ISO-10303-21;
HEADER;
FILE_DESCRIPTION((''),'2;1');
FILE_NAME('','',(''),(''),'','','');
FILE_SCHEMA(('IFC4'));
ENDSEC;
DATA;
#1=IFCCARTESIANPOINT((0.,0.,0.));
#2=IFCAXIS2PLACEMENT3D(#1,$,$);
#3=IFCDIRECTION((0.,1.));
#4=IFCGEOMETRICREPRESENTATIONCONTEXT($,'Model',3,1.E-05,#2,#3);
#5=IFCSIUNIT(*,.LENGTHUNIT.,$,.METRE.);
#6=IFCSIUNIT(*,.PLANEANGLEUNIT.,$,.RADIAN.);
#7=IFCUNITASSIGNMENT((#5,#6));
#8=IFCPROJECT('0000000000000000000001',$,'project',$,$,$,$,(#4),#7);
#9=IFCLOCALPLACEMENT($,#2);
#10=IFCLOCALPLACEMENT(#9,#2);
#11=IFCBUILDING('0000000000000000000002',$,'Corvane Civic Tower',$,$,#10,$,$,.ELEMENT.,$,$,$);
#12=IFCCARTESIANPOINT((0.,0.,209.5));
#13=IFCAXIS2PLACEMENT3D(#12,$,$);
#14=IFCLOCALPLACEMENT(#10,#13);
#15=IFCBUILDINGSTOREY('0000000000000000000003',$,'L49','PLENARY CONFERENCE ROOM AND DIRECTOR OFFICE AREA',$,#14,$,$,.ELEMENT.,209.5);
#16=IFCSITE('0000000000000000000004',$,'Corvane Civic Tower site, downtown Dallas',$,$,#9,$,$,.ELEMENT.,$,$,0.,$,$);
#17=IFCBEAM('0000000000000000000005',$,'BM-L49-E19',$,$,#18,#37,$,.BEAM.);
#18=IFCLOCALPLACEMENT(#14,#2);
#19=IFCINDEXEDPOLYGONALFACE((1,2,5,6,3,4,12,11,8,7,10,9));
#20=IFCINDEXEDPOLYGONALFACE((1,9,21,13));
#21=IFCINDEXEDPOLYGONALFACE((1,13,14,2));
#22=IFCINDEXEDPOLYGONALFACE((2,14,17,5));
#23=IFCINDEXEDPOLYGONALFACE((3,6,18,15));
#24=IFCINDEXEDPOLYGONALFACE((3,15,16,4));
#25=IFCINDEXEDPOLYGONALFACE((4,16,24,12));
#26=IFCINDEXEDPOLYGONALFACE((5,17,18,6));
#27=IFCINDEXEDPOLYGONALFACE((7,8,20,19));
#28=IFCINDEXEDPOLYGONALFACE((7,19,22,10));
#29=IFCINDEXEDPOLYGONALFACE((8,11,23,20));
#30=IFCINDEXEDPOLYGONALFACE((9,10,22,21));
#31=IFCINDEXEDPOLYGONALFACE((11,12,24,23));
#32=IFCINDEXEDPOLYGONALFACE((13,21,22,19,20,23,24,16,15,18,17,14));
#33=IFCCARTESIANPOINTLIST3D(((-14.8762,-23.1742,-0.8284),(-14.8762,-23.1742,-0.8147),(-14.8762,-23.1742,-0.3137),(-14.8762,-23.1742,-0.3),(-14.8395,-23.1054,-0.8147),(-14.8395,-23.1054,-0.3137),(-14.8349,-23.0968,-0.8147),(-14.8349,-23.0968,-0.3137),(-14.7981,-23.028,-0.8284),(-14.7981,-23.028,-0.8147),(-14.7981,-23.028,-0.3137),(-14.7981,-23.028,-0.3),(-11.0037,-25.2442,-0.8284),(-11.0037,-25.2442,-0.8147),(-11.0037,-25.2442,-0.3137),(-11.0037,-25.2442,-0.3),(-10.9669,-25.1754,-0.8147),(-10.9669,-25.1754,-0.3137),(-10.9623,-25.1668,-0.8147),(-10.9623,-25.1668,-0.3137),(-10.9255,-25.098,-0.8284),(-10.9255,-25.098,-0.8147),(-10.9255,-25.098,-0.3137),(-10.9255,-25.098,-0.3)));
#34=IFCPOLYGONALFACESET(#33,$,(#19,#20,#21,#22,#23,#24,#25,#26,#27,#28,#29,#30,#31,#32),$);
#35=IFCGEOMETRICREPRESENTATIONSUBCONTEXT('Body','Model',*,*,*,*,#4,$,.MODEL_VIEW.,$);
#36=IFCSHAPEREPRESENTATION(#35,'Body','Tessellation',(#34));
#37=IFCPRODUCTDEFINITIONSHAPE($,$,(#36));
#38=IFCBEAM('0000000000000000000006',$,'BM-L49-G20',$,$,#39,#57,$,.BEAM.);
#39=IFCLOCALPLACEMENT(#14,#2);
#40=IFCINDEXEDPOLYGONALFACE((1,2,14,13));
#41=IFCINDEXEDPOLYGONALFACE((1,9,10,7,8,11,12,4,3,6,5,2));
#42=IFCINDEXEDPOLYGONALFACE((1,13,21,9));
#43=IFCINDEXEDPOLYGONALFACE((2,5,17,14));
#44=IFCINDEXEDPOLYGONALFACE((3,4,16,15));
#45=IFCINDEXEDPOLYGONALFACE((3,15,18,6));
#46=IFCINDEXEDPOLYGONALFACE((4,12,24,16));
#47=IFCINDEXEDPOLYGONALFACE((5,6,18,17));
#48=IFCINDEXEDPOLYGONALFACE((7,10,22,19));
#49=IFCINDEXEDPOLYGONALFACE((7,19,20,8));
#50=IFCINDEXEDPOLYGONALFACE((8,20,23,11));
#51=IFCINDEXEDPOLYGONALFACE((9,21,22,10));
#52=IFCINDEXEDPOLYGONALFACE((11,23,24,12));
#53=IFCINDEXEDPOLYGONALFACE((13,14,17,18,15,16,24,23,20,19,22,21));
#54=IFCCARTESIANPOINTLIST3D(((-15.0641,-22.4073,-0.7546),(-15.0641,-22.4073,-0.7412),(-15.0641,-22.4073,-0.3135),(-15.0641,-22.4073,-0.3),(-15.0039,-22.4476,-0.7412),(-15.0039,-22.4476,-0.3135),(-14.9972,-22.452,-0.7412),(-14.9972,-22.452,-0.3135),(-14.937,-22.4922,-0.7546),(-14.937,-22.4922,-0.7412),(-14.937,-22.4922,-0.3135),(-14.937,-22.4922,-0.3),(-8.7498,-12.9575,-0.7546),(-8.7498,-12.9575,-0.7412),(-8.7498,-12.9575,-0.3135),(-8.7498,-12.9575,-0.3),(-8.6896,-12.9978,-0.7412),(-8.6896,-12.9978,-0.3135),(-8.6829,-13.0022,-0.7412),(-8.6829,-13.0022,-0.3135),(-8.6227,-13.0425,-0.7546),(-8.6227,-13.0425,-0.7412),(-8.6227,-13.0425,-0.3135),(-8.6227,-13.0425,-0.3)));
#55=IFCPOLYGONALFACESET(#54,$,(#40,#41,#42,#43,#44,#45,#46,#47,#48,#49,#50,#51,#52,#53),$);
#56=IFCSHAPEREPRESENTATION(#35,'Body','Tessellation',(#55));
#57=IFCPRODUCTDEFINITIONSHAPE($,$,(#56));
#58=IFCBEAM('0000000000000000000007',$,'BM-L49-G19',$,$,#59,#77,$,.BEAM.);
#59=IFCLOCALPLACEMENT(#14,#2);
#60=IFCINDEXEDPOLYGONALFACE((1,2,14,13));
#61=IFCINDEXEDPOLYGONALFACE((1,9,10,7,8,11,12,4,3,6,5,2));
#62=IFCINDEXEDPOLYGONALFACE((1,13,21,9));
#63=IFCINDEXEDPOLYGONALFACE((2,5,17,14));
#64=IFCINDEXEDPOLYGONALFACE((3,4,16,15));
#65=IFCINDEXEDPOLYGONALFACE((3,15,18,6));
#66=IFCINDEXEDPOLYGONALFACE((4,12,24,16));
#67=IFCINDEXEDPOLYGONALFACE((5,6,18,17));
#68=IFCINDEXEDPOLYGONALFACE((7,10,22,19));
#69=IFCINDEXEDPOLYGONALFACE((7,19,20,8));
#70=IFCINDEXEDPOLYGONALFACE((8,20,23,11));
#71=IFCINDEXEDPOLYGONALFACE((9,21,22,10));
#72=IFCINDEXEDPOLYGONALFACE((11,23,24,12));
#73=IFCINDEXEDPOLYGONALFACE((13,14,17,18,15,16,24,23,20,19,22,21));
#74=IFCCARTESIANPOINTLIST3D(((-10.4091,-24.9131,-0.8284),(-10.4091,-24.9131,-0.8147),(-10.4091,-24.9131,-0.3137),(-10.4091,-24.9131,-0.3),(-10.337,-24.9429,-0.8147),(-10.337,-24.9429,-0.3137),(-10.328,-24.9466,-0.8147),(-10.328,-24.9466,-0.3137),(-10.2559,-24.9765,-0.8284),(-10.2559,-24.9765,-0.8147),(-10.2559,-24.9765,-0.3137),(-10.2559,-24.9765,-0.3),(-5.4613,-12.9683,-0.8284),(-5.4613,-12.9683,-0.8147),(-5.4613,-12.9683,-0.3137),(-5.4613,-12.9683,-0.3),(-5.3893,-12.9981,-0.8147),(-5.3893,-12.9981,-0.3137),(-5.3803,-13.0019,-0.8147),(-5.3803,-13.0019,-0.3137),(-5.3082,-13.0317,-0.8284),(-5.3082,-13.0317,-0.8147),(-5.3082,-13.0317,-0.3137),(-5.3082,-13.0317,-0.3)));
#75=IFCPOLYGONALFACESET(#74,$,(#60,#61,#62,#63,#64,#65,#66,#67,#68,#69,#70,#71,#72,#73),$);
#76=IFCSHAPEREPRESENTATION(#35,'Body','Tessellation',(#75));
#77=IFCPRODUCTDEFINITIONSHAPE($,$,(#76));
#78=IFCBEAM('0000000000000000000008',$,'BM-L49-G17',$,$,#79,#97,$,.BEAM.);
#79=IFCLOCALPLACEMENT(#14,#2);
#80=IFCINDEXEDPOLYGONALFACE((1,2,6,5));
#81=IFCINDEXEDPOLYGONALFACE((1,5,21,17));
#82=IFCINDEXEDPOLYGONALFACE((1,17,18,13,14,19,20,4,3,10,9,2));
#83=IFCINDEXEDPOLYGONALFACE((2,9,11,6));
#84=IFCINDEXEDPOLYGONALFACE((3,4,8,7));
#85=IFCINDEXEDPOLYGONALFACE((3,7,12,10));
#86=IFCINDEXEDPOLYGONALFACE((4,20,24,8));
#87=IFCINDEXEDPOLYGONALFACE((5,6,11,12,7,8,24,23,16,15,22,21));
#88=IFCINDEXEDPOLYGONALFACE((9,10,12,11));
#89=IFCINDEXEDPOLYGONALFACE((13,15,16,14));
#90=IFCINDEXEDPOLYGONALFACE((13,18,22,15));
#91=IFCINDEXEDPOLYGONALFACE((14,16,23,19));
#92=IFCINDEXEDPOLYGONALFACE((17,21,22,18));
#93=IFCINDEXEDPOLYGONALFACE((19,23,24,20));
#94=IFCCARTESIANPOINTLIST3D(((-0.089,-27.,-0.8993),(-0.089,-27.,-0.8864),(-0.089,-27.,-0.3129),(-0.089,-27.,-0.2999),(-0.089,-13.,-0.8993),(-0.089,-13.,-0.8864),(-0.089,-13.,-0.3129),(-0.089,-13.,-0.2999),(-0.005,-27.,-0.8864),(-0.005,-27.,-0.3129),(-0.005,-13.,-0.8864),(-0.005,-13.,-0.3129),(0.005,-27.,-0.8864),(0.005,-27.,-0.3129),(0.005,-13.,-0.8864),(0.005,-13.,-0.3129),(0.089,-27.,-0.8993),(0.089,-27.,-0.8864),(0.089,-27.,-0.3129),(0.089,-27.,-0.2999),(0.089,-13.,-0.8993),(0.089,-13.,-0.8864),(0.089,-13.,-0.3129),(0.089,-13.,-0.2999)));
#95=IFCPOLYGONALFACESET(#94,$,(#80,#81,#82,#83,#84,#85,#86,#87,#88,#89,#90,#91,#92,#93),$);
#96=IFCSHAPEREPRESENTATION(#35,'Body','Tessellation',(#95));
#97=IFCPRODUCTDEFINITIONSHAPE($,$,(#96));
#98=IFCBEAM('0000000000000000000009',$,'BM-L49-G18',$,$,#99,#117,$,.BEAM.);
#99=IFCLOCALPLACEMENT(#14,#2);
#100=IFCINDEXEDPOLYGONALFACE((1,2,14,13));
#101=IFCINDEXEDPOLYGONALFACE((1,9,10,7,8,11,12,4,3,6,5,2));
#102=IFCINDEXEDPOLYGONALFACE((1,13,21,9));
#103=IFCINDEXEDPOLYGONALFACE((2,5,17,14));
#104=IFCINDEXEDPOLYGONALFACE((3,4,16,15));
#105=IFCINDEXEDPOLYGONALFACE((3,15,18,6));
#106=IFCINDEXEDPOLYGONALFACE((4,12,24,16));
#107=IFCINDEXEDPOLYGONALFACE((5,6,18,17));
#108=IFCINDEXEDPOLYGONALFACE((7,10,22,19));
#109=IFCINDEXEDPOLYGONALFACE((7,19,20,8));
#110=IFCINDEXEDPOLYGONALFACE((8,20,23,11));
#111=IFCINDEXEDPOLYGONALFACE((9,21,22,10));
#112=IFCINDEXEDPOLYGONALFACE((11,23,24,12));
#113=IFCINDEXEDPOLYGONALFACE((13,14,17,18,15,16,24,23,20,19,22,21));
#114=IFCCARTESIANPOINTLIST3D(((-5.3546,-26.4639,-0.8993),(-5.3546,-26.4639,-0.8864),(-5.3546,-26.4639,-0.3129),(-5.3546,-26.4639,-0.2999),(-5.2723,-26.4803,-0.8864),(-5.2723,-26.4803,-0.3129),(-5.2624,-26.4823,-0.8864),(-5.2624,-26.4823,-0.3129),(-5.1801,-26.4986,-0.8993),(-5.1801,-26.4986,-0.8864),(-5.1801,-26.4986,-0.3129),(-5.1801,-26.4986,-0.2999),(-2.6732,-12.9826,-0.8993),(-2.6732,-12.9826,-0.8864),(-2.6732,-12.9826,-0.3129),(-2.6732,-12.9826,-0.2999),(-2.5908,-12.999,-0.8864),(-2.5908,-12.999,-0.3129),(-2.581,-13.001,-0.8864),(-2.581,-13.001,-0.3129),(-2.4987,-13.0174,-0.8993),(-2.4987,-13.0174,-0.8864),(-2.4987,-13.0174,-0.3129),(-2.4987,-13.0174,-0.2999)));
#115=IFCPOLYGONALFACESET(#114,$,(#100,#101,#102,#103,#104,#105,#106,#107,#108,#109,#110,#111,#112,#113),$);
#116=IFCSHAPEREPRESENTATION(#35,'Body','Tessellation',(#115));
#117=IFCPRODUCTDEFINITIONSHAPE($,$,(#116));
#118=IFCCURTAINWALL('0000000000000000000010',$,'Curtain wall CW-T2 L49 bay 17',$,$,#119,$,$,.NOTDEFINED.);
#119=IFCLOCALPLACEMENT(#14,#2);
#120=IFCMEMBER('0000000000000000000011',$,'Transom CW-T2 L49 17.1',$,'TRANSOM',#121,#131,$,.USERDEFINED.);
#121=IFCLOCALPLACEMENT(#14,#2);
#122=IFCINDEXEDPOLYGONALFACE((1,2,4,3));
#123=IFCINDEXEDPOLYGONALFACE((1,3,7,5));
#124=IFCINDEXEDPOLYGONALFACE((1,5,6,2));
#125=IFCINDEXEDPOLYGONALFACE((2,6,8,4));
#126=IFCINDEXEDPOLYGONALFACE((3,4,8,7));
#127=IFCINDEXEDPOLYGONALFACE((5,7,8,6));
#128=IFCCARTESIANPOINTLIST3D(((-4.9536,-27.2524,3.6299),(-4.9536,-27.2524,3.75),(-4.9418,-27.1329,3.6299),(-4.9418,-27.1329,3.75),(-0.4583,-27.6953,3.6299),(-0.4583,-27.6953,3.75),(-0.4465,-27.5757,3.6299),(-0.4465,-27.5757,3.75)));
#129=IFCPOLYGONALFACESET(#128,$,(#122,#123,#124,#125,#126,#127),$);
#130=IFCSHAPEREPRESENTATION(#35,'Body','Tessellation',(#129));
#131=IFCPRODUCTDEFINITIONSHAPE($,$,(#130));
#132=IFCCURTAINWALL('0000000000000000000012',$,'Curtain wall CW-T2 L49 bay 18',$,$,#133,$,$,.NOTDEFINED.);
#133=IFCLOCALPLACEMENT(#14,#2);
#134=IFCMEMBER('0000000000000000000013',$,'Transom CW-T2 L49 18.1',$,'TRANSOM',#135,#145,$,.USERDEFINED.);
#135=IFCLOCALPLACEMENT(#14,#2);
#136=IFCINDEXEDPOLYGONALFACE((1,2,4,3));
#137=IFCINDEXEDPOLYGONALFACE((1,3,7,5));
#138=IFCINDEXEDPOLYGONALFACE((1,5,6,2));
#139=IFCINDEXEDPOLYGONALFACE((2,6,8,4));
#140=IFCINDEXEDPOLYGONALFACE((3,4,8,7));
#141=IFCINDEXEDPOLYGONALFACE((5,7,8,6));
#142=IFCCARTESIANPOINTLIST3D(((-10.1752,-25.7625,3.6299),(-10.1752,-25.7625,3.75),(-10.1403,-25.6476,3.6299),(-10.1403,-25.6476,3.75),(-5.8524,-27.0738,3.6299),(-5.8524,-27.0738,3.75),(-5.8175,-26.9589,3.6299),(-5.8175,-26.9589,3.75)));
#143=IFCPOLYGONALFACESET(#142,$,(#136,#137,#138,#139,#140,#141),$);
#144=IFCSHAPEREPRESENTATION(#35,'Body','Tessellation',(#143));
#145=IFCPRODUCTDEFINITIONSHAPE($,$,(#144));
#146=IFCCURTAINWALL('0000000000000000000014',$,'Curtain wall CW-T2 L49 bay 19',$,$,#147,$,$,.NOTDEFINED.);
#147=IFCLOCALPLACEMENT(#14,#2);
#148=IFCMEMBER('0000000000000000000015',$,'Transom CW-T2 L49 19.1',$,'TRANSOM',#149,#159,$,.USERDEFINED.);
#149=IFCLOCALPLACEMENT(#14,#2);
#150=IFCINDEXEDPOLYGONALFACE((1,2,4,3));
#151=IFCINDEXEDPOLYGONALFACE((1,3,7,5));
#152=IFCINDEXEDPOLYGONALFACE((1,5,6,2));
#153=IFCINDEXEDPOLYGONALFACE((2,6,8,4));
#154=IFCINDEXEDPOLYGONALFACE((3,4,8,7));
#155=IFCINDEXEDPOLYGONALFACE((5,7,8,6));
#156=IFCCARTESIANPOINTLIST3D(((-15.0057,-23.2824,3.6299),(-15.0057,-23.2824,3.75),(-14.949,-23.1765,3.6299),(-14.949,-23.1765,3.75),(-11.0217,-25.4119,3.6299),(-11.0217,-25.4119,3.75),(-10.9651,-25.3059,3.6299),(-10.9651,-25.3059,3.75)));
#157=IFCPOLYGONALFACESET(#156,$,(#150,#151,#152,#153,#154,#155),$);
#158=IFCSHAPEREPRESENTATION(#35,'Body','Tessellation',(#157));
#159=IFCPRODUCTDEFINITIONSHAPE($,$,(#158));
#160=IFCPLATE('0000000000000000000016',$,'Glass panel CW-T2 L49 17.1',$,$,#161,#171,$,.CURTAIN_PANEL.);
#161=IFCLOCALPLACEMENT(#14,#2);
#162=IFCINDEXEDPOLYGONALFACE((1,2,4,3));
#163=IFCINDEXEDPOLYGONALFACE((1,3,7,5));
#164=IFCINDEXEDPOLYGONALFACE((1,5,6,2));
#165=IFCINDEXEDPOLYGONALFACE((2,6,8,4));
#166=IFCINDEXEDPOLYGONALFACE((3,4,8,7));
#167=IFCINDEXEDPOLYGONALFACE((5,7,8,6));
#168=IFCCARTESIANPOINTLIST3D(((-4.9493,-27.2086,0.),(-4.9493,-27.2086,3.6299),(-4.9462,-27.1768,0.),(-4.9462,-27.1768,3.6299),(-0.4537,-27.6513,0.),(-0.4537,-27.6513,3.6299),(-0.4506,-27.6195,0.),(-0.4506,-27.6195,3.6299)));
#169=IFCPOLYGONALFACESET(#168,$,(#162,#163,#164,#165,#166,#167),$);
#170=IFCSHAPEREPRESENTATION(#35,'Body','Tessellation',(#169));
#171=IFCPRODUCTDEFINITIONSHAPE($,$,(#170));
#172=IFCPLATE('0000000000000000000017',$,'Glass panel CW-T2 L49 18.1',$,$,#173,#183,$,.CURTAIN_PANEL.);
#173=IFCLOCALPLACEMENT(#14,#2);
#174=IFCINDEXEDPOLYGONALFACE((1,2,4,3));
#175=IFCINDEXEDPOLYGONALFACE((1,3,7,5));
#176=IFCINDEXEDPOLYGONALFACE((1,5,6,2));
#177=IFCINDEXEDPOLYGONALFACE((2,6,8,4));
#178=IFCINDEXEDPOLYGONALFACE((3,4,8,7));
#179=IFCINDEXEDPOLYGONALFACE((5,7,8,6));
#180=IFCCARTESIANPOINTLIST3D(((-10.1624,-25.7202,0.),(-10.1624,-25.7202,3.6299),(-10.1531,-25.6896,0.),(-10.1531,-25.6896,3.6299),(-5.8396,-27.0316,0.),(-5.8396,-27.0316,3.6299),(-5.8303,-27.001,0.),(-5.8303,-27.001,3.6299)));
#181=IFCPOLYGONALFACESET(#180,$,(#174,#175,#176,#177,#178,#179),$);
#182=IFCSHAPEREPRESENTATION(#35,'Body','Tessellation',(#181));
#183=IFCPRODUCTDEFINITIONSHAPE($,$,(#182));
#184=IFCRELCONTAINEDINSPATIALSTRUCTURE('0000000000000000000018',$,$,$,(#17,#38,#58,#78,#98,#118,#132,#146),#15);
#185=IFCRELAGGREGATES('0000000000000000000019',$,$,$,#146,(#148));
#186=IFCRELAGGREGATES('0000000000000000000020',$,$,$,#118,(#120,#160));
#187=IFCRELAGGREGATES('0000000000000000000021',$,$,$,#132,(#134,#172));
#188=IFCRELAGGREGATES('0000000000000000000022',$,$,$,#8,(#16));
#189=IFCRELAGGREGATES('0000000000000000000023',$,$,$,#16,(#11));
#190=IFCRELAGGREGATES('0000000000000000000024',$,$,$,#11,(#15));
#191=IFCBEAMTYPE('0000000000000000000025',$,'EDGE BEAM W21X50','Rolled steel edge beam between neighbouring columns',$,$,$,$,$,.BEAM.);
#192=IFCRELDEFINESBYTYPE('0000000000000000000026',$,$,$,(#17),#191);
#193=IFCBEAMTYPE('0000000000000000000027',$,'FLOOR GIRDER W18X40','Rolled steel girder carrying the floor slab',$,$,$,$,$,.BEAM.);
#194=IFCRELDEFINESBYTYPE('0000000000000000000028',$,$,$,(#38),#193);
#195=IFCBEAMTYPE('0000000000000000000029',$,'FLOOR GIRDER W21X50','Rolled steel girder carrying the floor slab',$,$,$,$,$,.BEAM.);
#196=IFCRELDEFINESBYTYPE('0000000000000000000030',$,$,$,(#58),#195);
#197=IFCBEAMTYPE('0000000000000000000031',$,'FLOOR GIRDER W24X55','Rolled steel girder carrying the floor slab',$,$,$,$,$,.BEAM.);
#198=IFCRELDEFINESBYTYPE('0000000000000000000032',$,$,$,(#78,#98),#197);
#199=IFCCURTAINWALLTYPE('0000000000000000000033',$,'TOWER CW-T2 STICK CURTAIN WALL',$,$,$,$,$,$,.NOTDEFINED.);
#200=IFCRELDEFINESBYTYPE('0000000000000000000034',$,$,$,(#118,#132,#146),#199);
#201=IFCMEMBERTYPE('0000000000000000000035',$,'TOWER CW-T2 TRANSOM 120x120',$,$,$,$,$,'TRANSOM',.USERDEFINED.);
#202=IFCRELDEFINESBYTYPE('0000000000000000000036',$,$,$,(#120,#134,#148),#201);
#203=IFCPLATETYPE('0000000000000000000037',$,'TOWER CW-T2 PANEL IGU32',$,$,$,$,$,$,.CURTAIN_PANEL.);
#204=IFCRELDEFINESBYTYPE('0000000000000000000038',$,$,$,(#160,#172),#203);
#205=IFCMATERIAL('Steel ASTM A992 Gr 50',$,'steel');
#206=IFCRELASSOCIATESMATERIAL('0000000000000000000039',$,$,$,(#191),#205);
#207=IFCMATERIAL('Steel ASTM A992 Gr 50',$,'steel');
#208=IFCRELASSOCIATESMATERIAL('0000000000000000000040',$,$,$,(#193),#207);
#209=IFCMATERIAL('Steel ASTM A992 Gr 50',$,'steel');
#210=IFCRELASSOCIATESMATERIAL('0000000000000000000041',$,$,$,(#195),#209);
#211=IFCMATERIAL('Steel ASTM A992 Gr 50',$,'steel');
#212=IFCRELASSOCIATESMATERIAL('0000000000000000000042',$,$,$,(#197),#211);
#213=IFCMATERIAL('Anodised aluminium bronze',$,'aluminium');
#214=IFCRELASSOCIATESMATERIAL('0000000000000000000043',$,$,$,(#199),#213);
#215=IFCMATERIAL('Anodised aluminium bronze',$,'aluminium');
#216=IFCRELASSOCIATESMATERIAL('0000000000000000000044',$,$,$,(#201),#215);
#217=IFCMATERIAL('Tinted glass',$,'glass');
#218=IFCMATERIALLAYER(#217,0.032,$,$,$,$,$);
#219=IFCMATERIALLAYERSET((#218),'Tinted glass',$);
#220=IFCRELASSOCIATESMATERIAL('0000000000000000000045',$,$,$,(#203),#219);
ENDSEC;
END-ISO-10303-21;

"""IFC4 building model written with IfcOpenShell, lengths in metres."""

from ifc_helpers import new_model, si_unit, direction, frame, origin, origin_2d, place, context, subcontext, project, spatial, rectangle, i_section, extrude, material, layer, layer_set, material_profile, profile_set, type_object, element, aggregate, save


model = new_model("IFC4")

# Units and contexts
model_context = context("Model", 3, precision=1e-05, world=origin(), true_north=direction((0.0, 1.0)))
body_context = subcontext(model_context, "Body", "Model", "MODEL_VIEW")
ifc_project = project(units=[si_unit("LENGTHUNIT", "METRE"), si_unit("PLANEANGLEUNIT", "RADIAN")], contexts=[model_context])

# Site, building, storey
site_placement = place(None, origin())
site = spatial("IfcSite", under=ifc_project, at=site_placement, Name="Corvane Civic Tower site, downtown Dallas", CompositionType="ELEMENT", RefElevation=0.0)
building_placement = place(site_placement, origin())
building = spatial("IfcBuilding", under=site, at=building_placement, Name="Corvane Civic Tower", CompositionType="ELEMENT")
storey_placement = place(building_placement, frame((0.0, 0.0, 209.5)))
storey = spatial("IfcBuildingStorey", under=building, at=storey_placement, Name="L49", Description="PLENARY CONFERENCE ROOM AND DIRECTOR OFFICE AREA", CompositionType="ELEMENT", Elevation=209.5)

# Beams
ifc_material_1 = material(Name="Steel ASTM A992 Gr 50", Category="steel")
ifc_material_profile_1 = material_profile(ifc_material_1, i_section(OverallWidth=0.1658, OverallDepth=0.5283, WebThickness=0.0098, FlangeThickness=0.0137, at=origin_2d()), Name="W21X50")
ifc_profile_set_1 = profile_set([ifc_material_profile_1], Name="Steel ASTM A992 Gr 50")
beam_type_1 = type_object("IfcBeamType", Name="EDGE BEAM W21X50", Description="Rolled steel edge beam between neighbouring columns", PredefinedType="BEAM", material=ifc_profile_set_1)
beam_1_placement = place(storey_placement, frame((-10.9646, -25.1711, -0.5642), z_axis=(-0.881908, 0.471422, 0.0), x_axis=(-0.471422, -0.881908, 0.0)))
element("IfcBeam", 1, at=beam_1_placement, inside=storey, type_object=beam_type_1, Name="BM-L49-E19", PredefinedType="BEAM", context=body_context, shape_type="SweptSolid", body=[
    extrude(i_section(OverallWidth=0.1658, OverallDepth=0.5283, WebThickness=0.0098, FlangeThickness=0.0137, at=origin_2d()), origin(), (0.0, 0.0, 1.0), 4.3911),
])
ifc_material_2 = material(Name="Steel ASTM A992 Gr 50", Category="steel")
ifc_material_profile_2 = material_profile(ifc_material_2, i_section(OverallWidth=0.1528, OverallDepth=0.4546, WebThickness=0.0081, FlangeThickness=0.0134, at=origin_2d()), Name="W18X40")
ifc_profile_set_2 = profile_set([ifc_material_profile_2], Name="Steel ASTM A992 Gr 50")
beam_type_2 = type_object("IfcBeamType", Name="FLOOR GIRDER W18X40", Description="Rolled steel girder carrying the floor slab", PredefinedType="BEAM", material=ifc_profile_set_2)
beam_2_placement = place(storey_placement, frame((-8.6863, -13.0, -0.5273), z_axis=(-0.555577, -0.831465, 0.0), x_axis=(0.831465, -0.555577, 0.0)))
element("IfcBeam", 2, at=beam_2_placement, inside=storey, type_object=beam_type_2, Name="BM-L49-G20", PredefinedType="BEAM", context=body_context, shape_type="SweptSolid", body=[
    extrude(i_section(OverallWidth=0.1528, OverallDepth=0.4546, WebThickness=0.0081, FlangeThickness=0.0134, at=origin_2d()), origin(), (0.0, 0.0, 1.0), 11.3652),
])
ifc_material_3 = material(Name="Steel ASTM A992 Gr 50", Category="steel")
ifc_material_profile_3 = material_profile(ifc_material_3, i_section(OverallWidth=0.1658, OverallDepth=0.5283, WebThickness=0.0098, FlangeThickness=0.0137, at=origin_2d()), Name="W21X50")
ifc_profile_set_3 = profile_set([ifc_material_profile_3], Name="Steel ASTM A992 Gr 50")
beam_type_3 = type_object("IfcBeamType", Name="FLOOR GIRDER W21X50", Description="Rolled steel girder carrying the floor slab", PredefinedType="BEAM", material=ifc_profile_set_3)
beam_3_placement = place(storey_placement, frame((-5.3848, -13.0, -0.5642), z_axis=(-0.382686, -0.923878, 0.0), x_axis=(0.923878, -0.382686, 0.0)))
element("IfcBeam", 3, at=beam_3_placement, inside=storey, type_object=beam_type_3, Name="BM-L49-G19", PredefinedType="BEAM", context=body_context, shape_type="SweptSolid", body=[
    extrude(i_section(OverallWidth=0.1658, OverallDepth=0.5283, WebThickness=0.0098, FlangeThickness=0.0137, at=origin_2d()), origin(), (0.0, 0.0, 1.0), 12.929),
])
ifc_material_4 = material(Name="Steel ASTM A992 Gr 50", Category="steel")
ifc_material_profile_4 = material_profile(ifc_material_4, i_section(OverallWidth=0.178, OverallDepth=0.5994, WebThickness=0.01, FlangeThickness=0.0129, at=origin_2d()), Name="W24X55")
ifc_profile_set_4 = profile_set([ifc_material_profile_4], Name="Steel ASTM A992 Gr 50")
beam_type_4 = type_object("IfcBeamType", Name="FLOOR GIRDER W24X55", Description="Rolled steel girder carrying the floor slab", PredefinedType="BEAM", material=ifc_profile_set_4)
beam_4_placement = place(storey_placement, frame((0.0, -13.0, -0.5996), z_axis=(0.0, -1.0, 0.0), x_axis=(1.0, 0.0, 0.0)))
element("IfcBeam", 4, at=beam_4_placement, inside=storey, type_object=beam_type_4, Name="BM-L49-G17", PredefinedType="BEAM", context=body_context, shape_type="SweptSolid", body=[
    extrude(i_section(OverallWidth=0.178, OverallDepth=0.5994, WebThickness=0.01, FlangeThickness=0.0129, at=origin_2d()), origin(), (0.0, 0.0, 1.0), 14.0),
])
beam_5_placement = place(storey_placement, frame((-2.5859, -13.0, -0.5996), z_axis=(-0.195078, -0.980788, 0.0), x_axis=(0.980788, -0.195078, 0.0)))
element("IfcBeam", 5, at=beam_5_placement, inside=storey, type_object=beam_type_4, Name="BM-L49-G18", PredefinedType="BEAM", context=body_context, shape_type="SweptSolid", body=[
    extrude(i_section(OverallWidth=0.178, OverallDepth=0.5994, WebThickness=0.01, FlangeThickness=0.0129, at=origin_2d()), origin(), (0.0, 0.0, 1.0), 13.7454),
])

# Curtain walls, members
ifc_material_5 = material(Name="Anodised aluminium bronze", Category="aluminium")
curtain_wall_type = type_object("IfcCurtainWallType", Name="TOWER CW-T2 STICK CURTAIN WALL", PredefinedType="NOTDEFINED", material=ifc_material_5)
curtain_wall_1_placement = place(storey_placement, origin())
curtain_wall_1 = element("IfcCurtainWall", 6, at=curtain_wall_1_placement, inside=storey, type_object=curtain_wall_type, Name="Curtain wall CW-T2 L49 bay 17", PredefinedType="NOTDEFINED")
ifc_material_6 = material(Name="Anodised aluminium bronze", Category="aluminium")
ifc_material_profile_5 = material_profile(ifc_material_6, rectangle(XDim=0.1201, YDim=0.1201, at=origin_2d()), Name="TOWER CW-T2 TRANSOM 120x120")
ifc_profile_set_5 = profile_set([ifc_material_profile_5], Name="Anodised aluminium bronze")
member_type = type_object("IfcMemberType", Name="TOWER CW-T2 TRANSOM 120x120", ElementType="TRANSOM", PredefinedType="USERDEFINED", material=ifc_profile_set_5)
member_1_placement = place(storey_placement, frame((-0.4524, -27.6355, 3.6899), z_axis=(-0.995182, 0.098043, 0.0), x_axis=(-0.098043, -0.995182, 0.0)))
member_1 = element("IfcMember", 7, at=member_1_placement, type_object=member_type, Name="Transom CW-T2 L49 17.1", ObjectType="TRANSOM", PredefinedType="USERDEFINED", context=body_context, shape_type="SweptSolid", body=[
    extrude(rectangle(XDim=0.1201, YDim=0.1201, at=origin_2d()), origin(), (0.0, 0.0, 1.0), 4.5171),
])
curtain_wall_2_placement = place(storey_placement, origin())
curtain_wall_2 = element("IfcCurtainWall", 8, at=curtain_wall_2_placement, inside=storey, type_object=curtain_wall_type, Name="Curtain wall CW-T2 L49 bay 18", PredefinedType="NOTDEFINED")
member_2_placement = place(storey_placement, frame((-5.835, -27.0164, 3.6899), z_axis=(-0.956941, 0.290282, 0.0), x_axis=(-0.290282, -0.956941, 0.0)))
member_2 = element("IfcMember", 9, at=member_2_placement, type_object=member_type, Name="Transom CW-T2 L49 18.1", ObjectType="TRANSOM", PredefinedType="USERDEFINED", context=body_context, shape_type="SweptSolid", body=[
    extrude(rectangle(XDim=0.1201, YDim=0.1201, at=origin_2d()), origin(), (0.0, 0.0, 1.0), 4.5173),
])
curtain_wall_3_placement = place(storey_placement, origin())
curtain_wall_3 = element("IfcCurtainWall", 10, at=curtain_wall_3_placement, inside=storey, type_object=curtain_wall_type, Name="Curtain wall CW-T2 L49 bay 19", PredefinedType="NOTDEFINED")
member_3_placement = place(storey_placement, frame((-10.9934, -25.3589, 3.6899), z_axis=(-0.881925, 0.47139, 0.0), x_axis=(-0.47139, -0.881925, 0.0)))
member_3 = element("IfcMember", 11, at=member_3_placement, type_object=member_type, Name="Transom CW-T2 L49 19.1", ObjectType="TRANSOM", PredefinedType="USERDEFINED", context=body_context, shape_type="SweptSolid", body=[
    extrude(rectangle(XDim=0.1201, YDim=0.1201, at=origin_2d()), origin(), (0.0, 0.0, 1.0), 4.5173),
])
aggregate(curtain_wall_3, [member_3])

# Plates
ifc_material_7 = material(Name="Tinted glass", Category="glass")
ifc_layer_1 = layer(ifc_material_7, 0.032)
ifc_layer_set_1 = layer_set([ifc_layer_1], Name="Tinted glass")
plate_type = type_object("IfcPlateType", Name="TOWER CW-T2 PANEL IGU32", PredefinedType="CURTAIN_PANEL", material=ifc_layer_set_1)
plate_1_placement = place(storey_placement, frame((-2.7, -27.4141, 0.0), z_axis=(0.0, 0.0, 1.0), x_axis=(-0.995187, 0.097993, 0.0)))
plate_1 = element("IfcPlate", 12, at=plate_1_placement, type_object=plate_type, Name="Glass panel CW-T2 L49 17.1", PredefinedType="CURTAIN_PANEL", context=body_context, shape_type="SweptSolid", body=[
    extrude(rectangle(XDim=4.5173, YDim=0.032, at=origin_2d()), origin(), (0.0, 0.0, 1.0), 3.6299),
])
aggregate(curtain_wall_1, [member_1, plate_1])
plate_2_placement = place(storey_placement, frame((-7.9963, -26.3606, 0.0), z_axis=(0.0, 0.0, 1.0), x_axis=(-0.956939, 0.29029, 0.0)))
plate_2 = element("IfcPlate", 13, at=plate_2_placement, type_object=plate_type, Name="Glass panel CW-T2 L49 18.1", PredefinedType="CURTAIN_PANEL", context=body_context, shape_type="SweptSolid", body=[
    extrude(rectangle(XDim=4.5173, YDim=0.032, at=origin_2d()), origin(), (0.0, 0.0, 1.0), 3.6299),
])
aggregate(curtain_wall_2, [member_2, plate_2])

save(model, "model.ifc")
